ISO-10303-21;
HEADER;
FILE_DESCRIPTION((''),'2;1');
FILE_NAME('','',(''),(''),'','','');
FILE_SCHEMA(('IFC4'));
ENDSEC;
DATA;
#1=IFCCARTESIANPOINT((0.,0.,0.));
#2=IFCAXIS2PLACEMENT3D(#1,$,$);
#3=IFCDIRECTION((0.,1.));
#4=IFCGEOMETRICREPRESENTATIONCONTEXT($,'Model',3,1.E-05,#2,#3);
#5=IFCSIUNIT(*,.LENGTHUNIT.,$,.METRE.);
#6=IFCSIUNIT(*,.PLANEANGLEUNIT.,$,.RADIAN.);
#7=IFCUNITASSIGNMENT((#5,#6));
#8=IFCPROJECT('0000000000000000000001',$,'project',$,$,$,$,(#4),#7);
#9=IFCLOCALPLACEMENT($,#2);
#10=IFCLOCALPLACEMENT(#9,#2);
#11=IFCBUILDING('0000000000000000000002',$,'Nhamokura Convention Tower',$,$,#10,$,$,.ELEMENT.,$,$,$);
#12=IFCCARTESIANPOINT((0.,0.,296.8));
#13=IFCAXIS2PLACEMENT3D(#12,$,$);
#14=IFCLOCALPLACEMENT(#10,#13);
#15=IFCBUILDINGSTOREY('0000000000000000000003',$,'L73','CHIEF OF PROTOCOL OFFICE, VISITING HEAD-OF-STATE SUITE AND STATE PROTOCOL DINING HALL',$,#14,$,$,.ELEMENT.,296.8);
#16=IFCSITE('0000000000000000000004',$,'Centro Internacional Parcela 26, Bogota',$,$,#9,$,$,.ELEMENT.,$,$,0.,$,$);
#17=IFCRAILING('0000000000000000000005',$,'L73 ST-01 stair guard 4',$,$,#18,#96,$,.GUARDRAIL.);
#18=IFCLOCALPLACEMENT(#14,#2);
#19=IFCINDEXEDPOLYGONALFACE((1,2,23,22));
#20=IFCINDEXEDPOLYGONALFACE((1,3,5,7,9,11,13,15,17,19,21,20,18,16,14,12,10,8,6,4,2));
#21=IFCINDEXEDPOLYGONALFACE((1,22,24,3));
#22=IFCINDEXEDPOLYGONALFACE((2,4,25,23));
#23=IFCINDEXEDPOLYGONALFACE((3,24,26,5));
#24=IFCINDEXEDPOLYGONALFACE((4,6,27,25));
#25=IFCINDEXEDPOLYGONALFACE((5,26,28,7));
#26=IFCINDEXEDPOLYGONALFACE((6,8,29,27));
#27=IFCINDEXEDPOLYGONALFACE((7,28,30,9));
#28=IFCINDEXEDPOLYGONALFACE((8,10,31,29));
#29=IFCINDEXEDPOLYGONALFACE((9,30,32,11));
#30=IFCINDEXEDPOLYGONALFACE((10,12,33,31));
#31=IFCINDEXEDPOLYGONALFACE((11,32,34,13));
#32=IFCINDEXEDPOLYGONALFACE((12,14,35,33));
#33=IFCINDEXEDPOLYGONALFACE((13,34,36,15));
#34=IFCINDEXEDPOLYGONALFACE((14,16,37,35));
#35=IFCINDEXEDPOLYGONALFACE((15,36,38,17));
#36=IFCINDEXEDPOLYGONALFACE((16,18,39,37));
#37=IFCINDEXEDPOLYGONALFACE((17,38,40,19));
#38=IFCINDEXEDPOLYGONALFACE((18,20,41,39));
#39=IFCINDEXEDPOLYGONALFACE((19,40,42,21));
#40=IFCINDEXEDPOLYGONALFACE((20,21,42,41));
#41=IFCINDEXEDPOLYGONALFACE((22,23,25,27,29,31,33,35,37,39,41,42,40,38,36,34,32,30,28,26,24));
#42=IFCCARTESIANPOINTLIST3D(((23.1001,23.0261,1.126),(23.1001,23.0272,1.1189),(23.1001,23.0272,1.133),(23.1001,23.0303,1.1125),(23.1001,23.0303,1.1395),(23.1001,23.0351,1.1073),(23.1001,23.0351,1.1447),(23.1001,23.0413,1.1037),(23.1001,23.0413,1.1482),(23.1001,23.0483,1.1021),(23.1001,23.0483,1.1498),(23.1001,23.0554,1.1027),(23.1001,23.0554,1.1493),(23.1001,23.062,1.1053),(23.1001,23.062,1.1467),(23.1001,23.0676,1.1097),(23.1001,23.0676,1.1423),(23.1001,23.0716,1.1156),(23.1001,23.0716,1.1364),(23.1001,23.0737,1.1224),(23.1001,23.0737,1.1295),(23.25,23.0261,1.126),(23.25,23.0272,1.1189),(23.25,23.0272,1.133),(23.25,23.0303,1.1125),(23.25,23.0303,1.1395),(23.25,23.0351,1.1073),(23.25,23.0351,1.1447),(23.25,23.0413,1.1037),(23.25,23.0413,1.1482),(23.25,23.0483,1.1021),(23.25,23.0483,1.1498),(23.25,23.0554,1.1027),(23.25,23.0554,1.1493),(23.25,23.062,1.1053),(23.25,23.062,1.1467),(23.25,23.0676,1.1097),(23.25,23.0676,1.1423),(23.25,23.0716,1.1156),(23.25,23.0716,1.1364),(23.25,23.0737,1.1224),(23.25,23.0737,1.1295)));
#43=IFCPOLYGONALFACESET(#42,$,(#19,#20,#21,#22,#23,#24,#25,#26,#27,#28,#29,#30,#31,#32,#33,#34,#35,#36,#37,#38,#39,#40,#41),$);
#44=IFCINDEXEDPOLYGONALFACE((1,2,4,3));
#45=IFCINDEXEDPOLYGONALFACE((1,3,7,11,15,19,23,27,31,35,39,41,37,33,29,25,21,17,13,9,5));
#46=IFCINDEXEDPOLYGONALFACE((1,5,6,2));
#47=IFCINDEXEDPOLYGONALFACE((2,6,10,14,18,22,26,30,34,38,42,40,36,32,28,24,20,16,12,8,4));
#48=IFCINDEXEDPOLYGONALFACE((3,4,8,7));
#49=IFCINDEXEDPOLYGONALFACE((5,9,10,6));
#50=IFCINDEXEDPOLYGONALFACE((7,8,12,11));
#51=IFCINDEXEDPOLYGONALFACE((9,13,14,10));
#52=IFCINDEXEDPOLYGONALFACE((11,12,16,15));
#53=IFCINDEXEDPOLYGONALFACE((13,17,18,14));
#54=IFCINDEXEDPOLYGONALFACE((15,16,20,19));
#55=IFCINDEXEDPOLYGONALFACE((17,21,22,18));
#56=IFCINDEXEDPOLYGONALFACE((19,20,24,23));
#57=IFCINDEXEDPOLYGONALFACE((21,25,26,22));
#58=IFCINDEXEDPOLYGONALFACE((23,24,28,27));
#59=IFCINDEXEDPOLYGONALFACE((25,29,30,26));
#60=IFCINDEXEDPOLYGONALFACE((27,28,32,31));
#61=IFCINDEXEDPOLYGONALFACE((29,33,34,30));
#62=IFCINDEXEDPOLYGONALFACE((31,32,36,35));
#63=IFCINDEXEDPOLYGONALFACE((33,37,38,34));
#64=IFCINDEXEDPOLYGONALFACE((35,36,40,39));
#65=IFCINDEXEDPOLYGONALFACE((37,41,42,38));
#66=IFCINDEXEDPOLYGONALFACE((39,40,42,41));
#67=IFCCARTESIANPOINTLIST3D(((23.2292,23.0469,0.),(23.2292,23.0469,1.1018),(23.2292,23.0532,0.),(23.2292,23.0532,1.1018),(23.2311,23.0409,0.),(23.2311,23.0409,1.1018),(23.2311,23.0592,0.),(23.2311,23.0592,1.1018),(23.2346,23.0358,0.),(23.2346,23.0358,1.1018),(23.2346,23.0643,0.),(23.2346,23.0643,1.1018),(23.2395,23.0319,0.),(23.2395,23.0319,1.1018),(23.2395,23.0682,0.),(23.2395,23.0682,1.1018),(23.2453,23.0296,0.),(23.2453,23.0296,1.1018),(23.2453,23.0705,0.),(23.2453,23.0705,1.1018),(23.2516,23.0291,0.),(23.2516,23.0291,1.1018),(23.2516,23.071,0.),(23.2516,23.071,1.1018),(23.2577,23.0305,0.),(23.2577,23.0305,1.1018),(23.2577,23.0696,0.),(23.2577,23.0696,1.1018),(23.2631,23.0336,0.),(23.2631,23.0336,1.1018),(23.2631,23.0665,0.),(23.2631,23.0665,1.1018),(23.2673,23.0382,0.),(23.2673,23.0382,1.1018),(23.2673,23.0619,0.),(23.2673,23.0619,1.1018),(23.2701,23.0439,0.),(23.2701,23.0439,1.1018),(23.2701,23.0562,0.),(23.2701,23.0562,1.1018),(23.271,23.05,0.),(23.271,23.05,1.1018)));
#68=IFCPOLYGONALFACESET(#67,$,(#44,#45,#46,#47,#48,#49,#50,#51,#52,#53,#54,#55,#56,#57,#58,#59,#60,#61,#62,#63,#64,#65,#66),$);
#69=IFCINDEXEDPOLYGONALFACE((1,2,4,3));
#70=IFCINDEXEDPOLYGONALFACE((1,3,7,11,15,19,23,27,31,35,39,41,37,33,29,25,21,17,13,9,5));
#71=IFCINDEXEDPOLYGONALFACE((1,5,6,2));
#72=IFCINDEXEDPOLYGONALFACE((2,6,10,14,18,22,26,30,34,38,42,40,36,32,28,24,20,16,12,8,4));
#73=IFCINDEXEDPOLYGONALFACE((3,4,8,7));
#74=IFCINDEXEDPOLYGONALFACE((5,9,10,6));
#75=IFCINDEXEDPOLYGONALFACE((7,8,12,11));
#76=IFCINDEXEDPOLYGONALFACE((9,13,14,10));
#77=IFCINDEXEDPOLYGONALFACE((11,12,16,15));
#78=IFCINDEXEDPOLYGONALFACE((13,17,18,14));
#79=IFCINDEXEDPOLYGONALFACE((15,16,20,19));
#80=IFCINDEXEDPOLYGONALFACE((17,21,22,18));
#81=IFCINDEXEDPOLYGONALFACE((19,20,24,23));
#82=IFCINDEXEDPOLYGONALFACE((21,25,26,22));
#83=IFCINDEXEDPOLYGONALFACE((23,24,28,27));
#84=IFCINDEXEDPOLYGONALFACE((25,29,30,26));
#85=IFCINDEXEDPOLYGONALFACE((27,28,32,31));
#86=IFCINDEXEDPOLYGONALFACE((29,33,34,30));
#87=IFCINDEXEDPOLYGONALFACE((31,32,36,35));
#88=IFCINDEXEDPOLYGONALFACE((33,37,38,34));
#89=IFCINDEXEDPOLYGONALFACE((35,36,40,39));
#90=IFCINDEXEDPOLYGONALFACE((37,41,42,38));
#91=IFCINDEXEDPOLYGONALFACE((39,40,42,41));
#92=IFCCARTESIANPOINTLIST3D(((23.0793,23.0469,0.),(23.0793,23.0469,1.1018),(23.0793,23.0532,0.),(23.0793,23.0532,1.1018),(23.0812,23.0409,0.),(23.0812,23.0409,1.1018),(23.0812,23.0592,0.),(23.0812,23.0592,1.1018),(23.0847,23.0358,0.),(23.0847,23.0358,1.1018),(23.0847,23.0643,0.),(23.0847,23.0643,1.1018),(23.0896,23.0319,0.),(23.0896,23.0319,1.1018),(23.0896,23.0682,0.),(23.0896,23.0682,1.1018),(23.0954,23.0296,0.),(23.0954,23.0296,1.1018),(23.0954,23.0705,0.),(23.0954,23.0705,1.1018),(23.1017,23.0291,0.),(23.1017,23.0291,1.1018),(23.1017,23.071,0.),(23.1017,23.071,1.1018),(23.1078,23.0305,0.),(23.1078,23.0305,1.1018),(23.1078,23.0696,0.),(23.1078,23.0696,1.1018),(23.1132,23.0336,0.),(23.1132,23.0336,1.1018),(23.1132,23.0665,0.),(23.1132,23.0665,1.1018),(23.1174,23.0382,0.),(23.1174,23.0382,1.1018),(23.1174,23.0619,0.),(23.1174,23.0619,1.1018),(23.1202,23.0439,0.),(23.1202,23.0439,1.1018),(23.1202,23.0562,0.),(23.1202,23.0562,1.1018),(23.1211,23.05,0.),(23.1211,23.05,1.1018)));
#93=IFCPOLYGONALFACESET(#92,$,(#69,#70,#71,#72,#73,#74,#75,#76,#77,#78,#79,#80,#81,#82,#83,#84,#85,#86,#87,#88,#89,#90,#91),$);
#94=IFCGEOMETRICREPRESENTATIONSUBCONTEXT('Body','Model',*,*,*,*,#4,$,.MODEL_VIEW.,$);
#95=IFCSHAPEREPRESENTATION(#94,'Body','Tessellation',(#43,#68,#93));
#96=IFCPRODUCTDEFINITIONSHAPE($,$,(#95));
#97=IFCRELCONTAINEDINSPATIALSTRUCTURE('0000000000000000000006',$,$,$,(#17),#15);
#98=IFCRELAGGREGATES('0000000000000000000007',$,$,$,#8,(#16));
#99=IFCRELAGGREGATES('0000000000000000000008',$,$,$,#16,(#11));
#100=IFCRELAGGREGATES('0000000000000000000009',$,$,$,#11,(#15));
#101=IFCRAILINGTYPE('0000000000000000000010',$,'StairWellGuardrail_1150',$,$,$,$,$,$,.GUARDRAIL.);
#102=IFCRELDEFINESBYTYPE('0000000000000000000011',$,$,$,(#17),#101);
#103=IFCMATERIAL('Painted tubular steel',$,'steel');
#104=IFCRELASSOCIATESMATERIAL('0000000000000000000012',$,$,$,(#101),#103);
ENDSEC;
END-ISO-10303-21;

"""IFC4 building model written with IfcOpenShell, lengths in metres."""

from ifc_helpers import new_model, si_unit, direction, frame, origin, origin_2d, place, context, subcontext, project, spatial, circle, extrude, material, type_object, element, save


model = new_model("IFC4")

# Units and contexts
model_context = context("Model", 3, precision=1e-05, world=origin(), true_north=direction((0.0, 1.0)))
body_context = subcontext(model_context, "Body", "Model", "MODEL_VIEW")
ifc_project = project(units=[si_unit("LENGTHUNIT", "METRE"), si_unit("PLANEANGLEUNIT", "RADIAN")], contexts=[model_context])

# Site, building, storey
site_placement = place(None, origin())
site = spatial("IfcSite", under=ifc_project, at=site_placement, Name="Centro Internacional Parcela 26, Bogota", CompositionType="ELEMENT", RefElevation=0.0)
building_placement = place(site_placement, origin())
building = spatial("IfcBuilding", under=site, at=building_placement, Name="Nhamokura Convention Tower", CompositionType="ELEMENT")
storey_placement = place(building_placement, frame((0.0, 0.0, 296.8)))
storey = spatial("IfcBuildingStorey", under=building, at=storey_placement, Name="L73", Description="CHIEF OF PROTOCOL OFFICE, VISITING HEAD-OF-STATE SUITE AND STATE PROTOCOL DINING HALL", CompositionType="ELEMENT", Elevation=296.8)

# Railing
ifc_material_1 = material(Name="Painted tubular steel", Category="steel")
railing_type_1 = type_object("IfcRailingType", Name="StairWellGuardrail_1150", PredefinedType="GUARDRAIL", material=ifc_material_1)
railing_1_placement = place(storey_placement, frame((23.25, 23.05, 0.0)))
element("IfcRailing", 1, at=railing_1_placement, inside=storey, type_object=railing_type_1, Name="L73 ST-01 stair guard 4", PredefinedType="GUARDRAIL", context=body_context, shape_type="SweptSolid", body=[
    extrude(circle(Radius=0.0239, at=origin_2d()), frame((0.0, 0.0, 1.126), z_axis=(-1.0, 0.0, 0.0), x_axis=(0.0, -1.0, 0.0)), (0.0, 0.0, 1.0), 0.1499),
    extrude(circle(Radius=0.021, at=origin_2d()), origin(), (0.0, 0.0, 1.0), 1.1018),
    extrude(circle(Radius=0.021, at=origin_2d()), frame((-0.1499, 0.0, 0.0)), (0.0, 0.0, 1.0), 1.1018),
])

save(model, "model.ifc")
